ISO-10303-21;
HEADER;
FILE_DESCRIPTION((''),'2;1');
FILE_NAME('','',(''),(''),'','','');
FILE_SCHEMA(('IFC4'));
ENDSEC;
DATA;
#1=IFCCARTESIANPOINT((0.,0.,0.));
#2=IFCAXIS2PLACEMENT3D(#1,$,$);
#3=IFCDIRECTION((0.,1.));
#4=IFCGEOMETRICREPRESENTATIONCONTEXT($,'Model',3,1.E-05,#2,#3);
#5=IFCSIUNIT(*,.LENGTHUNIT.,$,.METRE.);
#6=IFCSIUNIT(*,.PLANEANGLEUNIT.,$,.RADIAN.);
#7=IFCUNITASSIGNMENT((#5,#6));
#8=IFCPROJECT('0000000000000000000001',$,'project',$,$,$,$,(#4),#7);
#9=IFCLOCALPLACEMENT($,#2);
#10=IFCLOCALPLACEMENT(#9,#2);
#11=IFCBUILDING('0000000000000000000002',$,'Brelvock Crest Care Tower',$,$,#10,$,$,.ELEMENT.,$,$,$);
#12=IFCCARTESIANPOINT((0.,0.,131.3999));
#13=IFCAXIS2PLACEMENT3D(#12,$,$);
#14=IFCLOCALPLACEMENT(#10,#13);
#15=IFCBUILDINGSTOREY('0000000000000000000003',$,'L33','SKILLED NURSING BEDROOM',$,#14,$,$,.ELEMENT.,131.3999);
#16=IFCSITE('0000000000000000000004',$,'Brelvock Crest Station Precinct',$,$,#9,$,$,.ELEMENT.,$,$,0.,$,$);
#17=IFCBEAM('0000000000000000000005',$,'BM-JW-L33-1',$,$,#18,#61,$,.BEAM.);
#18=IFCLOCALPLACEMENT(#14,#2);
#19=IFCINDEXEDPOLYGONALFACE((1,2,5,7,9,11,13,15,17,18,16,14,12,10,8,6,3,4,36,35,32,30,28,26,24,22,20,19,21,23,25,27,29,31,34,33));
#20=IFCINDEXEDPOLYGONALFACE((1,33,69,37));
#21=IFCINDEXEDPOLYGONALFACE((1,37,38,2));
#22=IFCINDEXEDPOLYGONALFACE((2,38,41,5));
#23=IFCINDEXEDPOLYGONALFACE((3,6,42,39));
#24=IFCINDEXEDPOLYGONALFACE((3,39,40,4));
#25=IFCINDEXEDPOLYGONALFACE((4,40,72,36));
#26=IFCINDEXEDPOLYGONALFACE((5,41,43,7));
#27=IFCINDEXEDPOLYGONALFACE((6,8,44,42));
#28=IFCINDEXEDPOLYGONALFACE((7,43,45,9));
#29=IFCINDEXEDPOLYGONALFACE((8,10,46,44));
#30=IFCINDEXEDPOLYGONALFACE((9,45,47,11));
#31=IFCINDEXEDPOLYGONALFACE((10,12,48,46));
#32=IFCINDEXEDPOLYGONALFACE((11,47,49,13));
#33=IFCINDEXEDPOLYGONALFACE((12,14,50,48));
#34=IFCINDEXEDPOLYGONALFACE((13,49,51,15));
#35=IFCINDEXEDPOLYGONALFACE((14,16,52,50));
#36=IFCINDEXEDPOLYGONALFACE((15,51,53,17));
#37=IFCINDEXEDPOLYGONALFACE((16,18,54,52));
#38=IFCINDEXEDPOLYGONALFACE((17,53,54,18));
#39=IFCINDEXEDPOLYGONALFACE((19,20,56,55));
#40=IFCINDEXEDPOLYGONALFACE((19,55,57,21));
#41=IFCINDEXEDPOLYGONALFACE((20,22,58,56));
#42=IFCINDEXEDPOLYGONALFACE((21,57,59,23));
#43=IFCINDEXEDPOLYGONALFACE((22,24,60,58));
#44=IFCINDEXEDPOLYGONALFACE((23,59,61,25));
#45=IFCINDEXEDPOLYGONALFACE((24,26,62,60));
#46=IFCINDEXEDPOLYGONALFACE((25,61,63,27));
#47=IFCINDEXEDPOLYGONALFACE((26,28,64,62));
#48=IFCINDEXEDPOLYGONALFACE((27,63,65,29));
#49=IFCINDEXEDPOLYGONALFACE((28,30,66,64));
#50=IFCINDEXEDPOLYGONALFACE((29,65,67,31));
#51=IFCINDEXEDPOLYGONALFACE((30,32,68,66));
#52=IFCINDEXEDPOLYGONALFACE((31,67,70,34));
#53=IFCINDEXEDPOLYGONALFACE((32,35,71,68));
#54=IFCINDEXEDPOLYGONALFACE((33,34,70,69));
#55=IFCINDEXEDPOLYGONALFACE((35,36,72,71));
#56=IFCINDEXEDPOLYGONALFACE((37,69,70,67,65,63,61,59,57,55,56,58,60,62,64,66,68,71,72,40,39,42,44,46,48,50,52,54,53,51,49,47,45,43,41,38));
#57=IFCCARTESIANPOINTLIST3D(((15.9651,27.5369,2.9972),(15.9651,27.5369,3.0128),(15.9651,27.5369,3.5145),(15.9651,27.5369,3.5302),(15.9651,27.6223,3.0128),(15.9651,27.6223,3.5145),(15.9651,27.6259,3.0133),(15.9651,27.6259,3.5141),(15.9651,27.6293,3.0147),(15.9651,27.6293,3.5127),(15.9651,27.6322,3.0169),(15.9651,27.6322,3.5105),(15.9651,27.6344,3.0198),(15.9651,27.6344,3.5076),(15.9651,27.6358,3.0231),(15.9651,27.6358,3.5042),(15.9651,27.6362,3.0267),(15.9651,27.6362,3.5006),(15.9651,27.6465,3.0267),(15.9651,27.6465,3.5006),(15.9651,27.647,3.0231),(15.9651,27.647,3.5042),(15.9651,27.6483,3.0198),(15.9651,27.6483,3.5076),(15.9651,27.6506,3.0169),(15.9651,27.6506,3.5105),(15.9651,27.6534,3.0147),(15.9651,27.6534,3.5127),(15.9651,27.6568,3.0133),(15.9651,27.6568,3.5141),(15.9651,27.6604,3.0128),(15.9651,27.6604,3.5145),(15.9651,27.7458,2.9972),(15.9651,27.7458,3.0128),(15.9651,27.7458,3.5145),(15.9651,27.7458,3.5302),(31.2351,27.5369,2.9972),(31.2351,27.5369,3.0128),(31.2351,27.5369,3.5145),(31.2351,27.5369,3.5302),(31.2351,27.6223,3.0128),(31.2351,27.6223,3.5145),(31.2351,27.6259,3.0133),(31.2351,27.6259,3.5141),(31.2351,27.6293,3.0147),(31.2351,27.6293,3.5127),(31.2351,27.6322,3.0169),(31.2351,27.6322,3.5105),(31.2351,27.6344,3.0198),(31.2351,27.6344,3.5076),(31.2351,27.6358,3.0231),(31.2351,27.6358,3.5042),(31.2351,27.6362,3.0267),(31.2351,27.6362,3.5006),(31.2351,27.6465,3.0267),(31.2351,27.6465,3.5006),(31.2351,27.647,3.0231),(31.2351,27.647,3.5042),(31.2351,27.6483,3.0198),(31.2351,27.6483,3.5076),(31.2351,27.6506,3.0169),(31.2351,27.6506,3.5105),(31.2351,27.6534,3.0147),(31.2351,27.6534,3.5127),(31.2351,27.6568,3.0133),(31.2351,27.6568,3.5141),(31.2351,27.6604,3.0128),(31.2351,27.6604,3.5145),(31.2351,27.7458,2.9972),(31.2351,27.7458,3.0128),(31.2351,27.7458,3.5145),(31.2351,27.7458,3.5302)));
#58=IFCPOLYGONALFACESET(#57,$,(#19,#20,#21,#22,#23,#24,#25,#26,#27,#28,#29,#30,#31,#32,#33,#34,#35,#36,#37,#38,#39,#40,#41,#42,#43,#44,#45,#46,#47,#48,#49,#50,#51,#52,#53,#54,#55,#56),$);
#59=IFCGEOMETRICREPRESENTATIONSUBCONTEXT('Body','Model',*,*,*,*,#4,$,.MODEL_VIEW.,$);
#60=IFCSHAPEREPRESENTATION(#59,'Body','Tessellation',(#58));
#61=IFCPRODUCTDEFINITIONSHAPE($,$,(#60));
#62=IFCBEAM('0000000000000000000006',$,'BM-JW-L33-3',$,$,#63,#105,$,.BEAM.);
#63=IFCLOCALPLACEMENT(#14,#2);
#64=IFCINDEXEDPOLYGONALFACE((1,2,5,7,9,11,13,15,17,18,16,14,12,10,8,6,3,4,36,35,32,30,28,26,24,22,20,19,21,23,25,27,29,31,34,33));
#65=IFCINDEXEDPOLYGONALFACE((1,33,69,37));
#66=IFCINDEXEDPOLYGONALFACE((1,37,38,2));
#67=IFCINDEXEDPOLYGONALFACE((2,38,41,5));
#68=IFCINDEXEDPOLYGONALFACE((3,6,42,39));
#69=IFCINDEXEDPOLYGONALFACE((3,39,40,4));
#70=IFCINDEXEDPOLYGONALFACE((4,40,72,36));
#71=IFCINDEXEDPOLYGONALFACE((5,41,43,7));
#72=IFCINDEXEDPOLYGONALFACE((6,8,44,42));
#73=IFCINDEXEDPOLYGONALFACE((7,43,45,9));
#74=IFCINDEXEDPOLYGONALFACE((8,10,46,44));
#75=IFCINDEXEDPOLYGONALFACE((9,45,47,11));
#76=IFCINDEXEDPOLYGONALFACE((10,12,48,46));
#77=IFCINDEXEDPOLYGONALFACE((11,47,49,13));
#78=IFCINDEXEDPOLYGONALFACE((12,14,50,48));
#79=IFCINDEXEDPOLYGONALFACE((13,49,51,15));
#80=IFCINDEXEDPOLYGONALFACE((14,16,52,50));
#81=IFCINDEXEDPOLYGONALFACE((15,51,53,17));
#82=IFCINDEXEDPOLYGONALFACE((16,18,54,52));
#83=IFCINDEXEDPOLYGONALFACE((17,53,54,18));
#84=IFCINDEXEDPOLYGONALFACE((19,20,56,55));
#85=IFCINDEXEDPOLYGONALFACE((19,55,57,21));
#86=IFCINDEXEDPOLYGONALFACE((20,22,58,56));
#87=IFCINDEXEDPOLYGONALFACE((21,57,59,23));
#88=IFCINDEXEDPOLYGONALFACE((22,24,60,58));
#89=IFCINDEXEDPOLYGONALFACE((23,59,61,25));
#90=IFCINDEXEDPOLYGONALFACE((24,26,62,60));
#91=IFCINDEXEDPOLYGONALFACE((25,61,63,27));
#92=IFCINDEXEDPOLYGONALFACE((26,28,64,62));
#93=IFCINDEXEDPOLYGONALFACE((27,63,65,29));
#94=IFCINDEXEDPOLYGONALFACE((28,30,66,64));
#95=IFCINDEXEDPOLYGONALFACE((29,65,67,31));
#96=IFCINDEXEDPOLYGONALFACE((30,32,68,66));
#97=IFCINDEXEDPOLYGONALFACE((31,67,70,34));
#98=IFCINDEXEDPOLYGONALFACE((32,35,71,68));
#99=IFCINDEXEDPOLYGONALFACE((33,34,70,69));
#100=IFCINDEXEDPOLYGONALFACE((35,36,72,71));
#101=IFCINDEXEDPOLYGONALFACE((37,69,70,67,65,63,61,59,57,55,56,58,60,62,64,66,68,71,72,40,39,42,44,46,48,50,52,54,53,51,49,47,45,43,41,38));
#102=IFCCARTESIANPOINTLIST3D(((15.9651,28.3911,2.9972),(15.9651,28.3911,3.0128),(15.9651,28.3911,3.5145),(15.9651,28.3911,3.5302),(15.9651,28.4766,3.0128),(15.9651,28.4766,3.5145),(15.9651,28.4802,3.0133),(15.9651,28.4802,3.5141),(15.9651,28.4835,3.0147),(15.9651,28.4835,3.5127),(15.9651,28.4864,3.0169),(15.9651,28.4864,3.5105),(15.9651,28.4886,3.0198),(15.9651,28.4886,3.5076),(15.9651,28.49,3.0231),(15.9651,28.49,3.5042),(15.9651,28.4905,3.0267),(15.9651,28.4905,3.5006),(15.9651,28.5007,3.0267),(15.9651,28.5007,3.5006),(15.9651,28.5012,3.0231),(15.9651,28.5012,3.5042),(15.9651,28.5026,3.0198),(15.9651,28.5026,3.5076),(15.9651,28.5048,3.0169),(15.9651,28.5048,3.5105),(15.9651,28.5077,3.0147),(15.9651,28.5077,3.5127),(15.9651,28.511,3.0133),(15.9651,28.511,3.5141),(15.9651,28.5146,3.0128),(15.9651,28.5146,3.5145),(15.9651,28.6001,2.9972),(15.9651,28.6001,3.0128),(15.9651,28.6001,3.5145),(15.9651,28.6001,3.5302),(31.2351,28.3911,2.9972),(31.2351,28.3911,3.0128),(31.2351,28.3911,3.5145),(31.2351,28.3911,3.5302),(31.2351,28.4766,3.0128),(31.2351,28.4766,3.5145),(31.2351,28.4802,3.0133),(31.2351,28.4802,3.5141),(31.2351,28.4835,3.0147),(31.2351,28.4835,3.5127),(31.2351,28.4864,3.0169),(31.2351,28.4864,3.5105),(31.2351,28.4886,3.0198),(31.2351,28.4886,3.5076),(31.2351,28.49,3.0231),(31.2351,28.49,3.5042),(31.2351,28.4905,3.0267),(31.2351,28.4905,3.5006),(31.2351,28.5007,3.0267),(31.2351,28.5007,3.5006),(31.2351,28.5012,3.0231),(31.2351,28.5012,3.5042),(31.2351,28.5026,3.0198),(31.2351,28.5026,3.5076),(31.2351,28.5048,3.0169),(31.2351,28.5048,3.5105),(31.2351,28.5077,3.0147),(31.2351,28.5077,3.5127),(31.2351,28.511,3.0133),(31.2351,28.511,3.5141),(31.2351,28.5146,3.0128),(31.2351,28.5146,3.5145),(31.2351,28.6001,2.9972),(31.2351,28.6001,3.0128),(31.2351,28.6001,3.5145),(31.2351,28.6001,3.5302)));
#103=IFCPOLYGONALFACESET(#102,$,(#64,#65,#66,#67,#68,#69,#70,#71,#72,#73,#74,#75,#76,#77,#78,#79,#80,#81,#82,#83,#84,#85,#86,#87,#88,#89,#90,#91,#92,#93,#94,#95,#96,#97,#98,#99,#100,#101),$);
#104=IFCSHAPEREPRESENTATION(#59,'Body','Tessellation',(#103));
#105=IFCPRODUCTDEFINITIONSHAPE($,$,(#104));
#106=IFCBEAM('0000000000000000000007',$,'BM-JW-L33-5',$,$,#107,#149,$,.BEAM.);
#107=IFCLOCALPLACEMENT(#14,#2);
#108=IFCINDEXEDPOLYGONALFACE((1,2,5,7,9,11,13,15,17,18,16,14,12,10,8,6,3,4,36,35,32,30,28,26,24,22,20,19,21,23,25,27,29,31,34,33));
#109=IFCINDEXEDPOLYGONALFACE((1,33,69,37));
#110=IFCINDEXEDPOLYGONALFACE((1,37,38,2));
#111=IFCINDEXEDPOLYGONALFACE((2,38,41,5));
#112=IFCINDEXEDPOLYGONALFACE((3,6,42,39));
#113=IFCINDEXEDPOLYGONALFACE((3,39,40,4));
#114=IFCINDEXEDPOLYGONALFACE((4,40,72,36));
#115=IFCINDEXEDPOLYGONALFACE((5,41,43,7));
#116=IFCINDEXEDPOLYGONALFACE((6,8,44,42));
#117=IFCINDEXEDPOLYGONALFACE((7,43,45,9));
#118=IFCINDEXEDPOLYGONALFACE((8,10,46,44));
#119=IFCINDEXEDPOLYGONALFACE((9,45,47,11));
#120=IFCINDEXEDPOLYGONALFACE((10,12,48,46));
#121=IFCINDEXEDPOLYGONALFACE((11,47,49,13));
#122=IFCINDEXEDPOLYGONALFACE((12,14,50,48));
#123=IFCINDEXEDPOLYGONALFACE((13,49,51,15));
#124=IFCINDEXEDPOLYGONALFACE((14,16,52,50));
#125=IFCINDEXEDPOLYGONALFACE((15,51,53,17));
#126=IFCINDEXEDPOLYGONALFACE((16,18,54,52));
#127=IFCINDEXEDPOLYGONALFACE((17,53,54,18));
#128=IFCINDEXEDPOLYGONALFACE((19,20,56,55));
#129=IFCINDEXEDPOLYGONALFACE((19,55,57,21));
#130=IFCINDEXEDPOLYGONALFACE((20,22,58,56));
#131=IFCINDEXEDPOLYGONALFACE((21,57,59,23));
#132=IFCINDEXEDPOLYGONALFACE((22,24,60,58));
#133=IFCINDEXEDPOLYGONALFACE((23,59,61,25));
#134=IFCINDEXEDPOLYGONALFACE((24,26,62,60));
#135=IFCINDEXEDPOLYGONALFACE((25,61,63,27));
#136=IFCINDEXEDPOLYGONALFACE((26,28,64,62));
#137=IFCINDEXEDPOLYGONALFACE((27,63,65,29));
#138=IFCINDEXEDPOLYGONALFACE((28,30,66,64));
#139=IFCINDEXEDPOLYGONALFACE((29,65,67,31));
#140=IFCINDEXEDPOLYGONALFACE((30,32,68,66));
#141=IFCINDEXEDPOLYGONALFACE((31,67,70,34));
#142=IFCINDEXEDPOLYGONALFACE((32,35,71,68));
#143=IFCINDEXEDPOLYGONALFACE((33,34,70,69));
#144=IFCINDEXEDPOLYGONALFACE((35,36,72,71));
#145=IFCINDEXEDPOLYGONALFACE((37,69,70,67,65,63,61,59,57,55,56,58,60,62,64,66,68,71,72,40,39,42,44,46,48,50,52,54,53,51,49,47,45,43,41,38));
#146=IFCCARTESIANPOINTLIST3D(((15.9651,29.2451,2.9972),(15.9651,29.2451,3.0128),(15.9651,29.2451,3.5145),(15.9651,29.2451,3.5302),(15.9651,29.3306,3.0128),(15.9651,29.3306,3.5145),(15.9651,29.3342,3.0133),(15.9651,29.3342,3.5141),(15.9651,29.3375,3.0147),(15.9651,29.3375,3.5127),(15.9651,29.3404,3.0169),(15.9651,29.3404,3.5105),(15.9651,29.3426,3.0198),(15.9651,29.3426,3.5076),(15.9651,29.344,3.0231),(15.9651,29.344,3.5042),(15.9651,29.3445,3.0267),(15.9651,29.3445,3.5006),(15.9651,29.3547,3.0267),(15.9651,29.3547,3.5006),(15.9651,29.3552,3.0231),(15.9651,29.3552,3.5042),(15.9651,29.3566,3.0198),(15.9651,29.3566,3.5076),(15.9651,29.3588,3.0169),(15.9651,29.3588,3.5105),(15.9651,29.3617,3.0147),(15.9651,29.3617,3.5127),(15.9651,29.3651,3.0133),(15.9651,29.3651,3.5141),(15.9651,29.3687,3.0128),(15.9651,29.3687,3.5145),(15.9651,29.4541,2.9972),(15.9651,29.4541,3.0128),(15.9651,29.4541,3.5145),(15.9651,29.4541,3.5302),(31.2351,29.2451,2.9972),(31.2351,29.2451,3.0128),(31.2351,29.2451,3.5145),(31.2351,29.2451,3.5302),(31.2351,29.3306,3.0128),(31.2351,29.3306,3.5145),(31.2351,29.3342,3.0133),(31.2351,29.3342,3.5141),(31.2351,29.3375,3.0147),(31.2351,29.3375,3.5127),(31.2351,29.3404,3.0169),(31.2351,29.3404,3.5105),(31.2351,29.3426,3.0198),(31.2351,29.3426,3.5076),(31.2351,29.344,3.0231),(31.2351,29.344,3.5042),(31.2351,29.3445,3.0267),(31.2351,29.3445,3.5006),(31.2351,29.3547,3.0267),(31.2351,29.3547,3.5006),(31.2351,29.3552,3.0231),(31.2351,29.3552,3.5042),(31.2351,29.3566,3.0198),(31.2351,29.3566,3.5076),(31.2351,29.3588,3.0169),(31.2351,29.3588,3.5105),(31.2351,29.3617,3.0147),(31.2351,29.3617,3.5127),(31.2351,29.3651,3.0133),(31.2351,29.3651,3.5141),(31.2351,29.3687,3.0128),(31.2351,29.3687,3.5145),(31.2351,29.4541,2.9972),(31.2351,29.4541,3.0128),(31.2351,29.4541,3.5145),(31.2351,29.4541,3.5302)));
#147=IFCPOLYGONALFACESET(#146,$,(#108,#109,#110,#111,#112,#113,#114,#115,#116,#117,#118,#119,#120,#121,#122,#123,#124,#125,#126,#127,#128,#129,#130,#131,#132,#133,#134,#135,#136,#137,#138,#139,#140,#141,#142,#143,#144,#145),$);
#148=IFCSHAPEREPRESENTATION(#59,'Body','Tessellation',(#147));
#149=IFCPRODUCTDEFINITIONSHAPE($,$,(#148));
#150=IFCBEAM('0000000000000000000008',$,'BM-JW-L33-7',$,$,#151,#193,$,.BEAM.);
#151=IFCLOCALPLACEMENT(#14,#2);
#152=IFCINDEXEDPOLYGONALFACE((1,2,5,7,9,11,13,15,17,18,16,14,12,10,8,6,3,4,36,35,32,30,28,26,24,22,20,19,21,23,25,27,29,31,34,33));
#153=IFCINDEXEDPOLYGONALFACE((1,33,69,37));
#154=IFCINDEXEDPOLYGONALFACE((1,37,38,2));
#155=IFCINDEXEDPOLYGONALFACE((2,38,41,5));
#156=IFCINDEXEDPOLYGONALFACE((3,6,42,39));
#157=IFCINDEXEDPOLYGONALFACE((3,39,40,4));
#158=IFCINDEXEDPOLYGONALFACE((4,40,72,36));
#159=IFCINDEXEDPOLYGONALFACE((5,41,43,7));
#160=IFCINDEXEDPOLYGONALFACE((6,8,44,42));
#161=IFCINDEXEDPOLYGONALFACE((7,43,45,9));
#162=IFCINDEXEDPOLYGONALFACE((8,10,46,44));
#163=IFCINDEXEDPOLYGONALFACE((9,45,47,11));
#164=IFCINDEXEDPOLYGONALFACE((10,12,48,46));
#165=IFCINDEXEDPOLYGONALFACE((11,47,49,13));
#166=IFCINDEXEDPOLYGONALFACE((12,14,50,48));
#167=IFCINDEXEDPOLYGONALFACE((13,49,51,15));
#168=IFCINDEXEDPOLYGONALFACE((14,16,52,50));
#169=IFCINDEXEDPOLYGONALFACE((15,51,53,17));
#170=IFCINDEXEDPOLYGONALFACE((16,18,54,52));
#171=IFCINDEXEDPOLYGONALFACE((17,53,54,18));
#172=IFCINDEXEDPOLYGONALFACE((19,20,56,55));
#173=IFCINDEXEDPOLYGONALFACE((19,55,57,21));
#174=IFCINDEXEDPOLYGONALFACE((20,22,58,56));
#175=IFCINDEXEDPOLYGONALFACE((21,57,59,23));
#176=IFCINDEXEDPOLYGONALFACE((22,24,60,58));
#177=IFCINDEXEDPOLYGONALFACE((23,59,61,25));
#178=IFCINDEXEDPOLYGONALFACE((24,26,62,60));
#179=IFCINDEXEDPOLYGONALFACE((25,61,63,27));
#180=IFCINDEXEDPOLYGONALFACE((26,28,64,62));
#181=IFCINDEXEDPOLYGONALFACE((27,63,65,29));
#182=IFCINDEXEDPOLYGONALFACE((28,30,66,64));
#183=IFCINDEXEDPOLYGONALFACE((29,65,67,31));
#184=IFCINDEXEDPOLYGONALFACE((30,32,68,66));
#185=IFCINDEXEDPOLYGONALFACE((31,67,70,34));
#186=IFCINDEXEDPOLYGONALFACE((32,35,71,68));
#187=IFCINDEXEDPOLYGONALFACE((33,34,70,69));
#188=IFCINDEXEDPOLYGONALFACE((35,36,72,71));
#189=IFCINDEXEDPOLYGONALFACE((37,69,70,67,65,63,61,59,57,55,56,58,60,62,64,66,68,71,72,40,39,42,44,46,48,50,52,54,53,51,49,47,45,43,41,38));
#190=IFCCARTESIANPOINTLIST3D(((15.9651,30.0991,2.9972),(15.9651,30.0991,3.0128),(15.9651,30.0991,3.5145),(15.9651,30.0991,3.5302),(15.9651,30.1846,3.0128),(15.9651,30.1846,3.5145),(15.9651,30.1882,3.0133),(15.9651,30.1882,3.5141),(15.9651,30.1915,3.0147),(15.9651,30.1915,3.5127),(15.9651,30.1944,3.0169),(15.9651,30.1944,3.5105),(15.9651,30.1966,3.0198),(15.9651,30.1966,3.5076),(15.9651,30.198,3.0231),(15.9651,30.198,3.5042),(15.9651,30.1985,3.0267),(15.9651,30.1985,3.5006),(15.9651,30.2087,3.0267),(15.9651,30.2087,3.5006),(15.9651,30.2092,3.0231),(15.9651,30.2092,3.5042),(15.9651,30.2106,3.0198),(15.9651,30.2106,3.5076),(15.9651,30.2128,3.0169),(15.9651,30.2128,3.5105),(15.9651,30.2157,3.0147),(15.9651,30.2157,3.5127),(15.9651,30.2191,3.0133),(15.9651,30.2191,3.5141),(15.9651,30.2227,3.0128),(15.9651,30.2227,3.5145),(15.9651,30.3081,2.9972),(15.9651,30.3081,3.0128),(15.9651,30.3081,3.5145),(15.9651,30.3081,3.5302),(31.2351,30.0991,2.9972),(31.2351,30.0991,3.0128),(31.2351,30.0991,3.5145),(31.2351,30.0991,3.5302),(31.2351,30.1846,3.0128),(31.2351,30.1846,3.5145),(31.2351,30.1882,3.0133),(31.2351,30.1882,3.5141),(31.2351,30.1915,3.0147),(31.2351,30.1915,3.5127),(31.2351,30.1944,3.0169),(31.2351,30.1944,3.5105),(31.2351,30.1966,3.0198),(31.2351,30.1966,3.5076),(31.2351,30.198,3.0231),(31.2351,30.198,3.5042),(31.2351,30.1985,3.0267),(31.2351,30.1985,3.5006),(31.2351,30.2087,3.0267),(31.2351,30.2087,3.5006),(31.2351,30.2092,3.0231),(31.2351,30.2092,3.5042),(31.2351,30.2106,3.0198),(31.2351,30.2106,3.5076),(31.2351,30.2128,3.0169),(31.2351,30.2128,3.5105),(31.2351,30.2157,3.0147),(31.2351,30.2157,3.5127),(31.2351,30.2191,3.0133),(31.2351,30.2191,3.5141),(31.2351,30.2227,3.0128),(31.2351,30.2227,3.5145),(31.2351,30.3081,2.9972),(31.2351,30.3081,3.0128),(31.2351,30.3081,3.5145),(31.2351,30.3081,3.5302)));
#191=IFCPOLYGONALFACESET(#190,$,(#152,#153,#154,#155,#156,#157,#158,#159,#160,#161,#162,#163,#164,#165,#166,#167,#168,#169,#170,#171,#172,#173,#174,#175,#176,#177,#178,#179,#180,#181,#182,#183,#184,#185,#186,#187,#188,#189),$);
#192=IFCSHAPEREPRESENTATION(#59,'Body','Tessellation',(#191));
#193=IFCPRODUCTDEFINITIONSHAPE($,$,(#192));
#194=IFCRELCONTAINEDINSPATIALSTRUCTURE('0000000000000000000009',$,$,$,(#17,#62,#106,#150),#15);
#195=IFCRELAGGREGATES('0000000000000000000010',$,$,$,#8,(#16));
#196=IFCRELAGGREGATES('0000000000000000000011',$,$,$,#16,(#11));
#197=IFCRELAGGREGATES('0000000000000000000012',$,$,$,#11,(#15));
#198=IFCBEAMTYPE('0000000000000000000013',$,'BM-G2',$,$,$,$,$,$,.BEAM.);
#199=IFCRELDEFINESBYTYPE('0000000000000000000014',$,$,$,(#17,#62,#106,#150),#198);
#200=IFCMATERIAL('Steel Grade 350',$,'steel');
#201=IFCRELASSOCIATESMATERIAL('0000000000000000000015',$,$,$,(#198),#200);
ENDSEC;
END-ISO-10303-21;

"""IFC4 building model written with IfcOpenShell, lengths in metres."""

from ifc_helpers import new_model, si_unit, direction, frame, origin, origin_2d, place, context, subcontext, project, spatial, i_section, extrude, source, transform, mapped, material, material_profile, profile_set, type_object, element, save


model = new_model("IFC4")

# Units and contexts
model_context = context("Model", 3, precision=1e-05, world=origin(), true_north=direction((0.0, 1.0)))
body_context = subcontext(model_context, "Body", "Model", "MODEL_VIEW")
ifc_project = project(units=[si_unit("LENGTHUNIT", "METRE"), si_unit("PLANEANGLEUNIT", "RADIAN")], contexts=[model_context])

# Site, building, storey
site_placement = place(None, origin())
site = spatial("IfcSite", under=ifc_project, at=site_placement, Name="Brelvock Crest Station Precinct", CompositionType="ELEMENT", RefElevation=0.0)
building_placement = place(site_placement, origin())
building = spatial("IfcBuilding", under=site, at=building_placement, Name="Brelvock Crest Care Tower", CompositionType="ELEMENT")
storey_placement = place(building_placement, frame((0.0, 0.0, 131.3999)))
storey = spatial("IfcBuildingStorey", under=building, at=storey_placement, Name="L33", Description="SKILLED NURSING BEDROOM", CompositionType="ELEMENT", Elevation=131.3999)

# Beams
ifc_material_1 = material(Name="Steel Grade 350", Category="steel")
ifc_material_profile_1 = material_profile(ifc_material_1, i_section(OverallWidth=0.209, OverallDepth=0.533, WebThickness=0.0103, FlangeThickness=0.0156, FilletRadius=0.0139, at=origin_2d()), Name="530UB92.4")
ifc_profile_set_1 = profile_set([ifc_material_profile_1], Name="Steel Grade 350")
beam_type_1 = type_object("IfcBeamType", Name="BM-G2", PredefinedType="BEAM", material=ifc_profile_set_1)
shared_shape_1 = source(origin(), body_context, "Body", "SweptSolid", [
    extrude(i_section(OverallWidth=0.209, OverallDepth=0.533, WebThickness=0.0103, FlangeThickness=0.0156, FilletRadius=0.0139, at=origin_2d()), origin(), (0.0, 0.0, 1.0), 15.27),
])
for number, where, z_axis, x_axis, name in (
    (1, (15.9651, 27.6414, 3.2637), (1.0, 0.0, 0.0), (0.0, 1.0, 0.0), "BM-JW-L33-1"),
    (2, (15.9651, 28.4956, 3.2637), (1.0, 0.0, 0.0), (0.0, 1.0, 0.0), "BM-JW-L33-3"),
    (3, (15.9651, 29.3496, 3.2637), (1.0, 0.0, 0.0), (0.0, 1.0, 0.0), "BM-JW-L33-5"),
    (4, (15.9651, 30.2036, 3.2637), (1.0, 0.0, 0.0), (0.0, 1.0, 0.0), "BM-JW-L33-7"),
):
    element("IfcBeam", number, at=place(storey_placement, frame(where, z_axis=z_axis, x_axis=x_axis)), inside=storey, type_object=beam_type_1, Name=name, PredefinedType="BEAM", context=body_context, shape_type="MappedRepresentation", body=[
        mapped(shared_shape_1, transform((0.0, 0.0, 0.0), x_axis=(1.0, 0.0, 0.0), y_axis=(0.0, 1.0, 0.0), z_axis=(0.0, 0.0, 1.0), scale=1.0)),
    ])

save(model, "model.ifc")
